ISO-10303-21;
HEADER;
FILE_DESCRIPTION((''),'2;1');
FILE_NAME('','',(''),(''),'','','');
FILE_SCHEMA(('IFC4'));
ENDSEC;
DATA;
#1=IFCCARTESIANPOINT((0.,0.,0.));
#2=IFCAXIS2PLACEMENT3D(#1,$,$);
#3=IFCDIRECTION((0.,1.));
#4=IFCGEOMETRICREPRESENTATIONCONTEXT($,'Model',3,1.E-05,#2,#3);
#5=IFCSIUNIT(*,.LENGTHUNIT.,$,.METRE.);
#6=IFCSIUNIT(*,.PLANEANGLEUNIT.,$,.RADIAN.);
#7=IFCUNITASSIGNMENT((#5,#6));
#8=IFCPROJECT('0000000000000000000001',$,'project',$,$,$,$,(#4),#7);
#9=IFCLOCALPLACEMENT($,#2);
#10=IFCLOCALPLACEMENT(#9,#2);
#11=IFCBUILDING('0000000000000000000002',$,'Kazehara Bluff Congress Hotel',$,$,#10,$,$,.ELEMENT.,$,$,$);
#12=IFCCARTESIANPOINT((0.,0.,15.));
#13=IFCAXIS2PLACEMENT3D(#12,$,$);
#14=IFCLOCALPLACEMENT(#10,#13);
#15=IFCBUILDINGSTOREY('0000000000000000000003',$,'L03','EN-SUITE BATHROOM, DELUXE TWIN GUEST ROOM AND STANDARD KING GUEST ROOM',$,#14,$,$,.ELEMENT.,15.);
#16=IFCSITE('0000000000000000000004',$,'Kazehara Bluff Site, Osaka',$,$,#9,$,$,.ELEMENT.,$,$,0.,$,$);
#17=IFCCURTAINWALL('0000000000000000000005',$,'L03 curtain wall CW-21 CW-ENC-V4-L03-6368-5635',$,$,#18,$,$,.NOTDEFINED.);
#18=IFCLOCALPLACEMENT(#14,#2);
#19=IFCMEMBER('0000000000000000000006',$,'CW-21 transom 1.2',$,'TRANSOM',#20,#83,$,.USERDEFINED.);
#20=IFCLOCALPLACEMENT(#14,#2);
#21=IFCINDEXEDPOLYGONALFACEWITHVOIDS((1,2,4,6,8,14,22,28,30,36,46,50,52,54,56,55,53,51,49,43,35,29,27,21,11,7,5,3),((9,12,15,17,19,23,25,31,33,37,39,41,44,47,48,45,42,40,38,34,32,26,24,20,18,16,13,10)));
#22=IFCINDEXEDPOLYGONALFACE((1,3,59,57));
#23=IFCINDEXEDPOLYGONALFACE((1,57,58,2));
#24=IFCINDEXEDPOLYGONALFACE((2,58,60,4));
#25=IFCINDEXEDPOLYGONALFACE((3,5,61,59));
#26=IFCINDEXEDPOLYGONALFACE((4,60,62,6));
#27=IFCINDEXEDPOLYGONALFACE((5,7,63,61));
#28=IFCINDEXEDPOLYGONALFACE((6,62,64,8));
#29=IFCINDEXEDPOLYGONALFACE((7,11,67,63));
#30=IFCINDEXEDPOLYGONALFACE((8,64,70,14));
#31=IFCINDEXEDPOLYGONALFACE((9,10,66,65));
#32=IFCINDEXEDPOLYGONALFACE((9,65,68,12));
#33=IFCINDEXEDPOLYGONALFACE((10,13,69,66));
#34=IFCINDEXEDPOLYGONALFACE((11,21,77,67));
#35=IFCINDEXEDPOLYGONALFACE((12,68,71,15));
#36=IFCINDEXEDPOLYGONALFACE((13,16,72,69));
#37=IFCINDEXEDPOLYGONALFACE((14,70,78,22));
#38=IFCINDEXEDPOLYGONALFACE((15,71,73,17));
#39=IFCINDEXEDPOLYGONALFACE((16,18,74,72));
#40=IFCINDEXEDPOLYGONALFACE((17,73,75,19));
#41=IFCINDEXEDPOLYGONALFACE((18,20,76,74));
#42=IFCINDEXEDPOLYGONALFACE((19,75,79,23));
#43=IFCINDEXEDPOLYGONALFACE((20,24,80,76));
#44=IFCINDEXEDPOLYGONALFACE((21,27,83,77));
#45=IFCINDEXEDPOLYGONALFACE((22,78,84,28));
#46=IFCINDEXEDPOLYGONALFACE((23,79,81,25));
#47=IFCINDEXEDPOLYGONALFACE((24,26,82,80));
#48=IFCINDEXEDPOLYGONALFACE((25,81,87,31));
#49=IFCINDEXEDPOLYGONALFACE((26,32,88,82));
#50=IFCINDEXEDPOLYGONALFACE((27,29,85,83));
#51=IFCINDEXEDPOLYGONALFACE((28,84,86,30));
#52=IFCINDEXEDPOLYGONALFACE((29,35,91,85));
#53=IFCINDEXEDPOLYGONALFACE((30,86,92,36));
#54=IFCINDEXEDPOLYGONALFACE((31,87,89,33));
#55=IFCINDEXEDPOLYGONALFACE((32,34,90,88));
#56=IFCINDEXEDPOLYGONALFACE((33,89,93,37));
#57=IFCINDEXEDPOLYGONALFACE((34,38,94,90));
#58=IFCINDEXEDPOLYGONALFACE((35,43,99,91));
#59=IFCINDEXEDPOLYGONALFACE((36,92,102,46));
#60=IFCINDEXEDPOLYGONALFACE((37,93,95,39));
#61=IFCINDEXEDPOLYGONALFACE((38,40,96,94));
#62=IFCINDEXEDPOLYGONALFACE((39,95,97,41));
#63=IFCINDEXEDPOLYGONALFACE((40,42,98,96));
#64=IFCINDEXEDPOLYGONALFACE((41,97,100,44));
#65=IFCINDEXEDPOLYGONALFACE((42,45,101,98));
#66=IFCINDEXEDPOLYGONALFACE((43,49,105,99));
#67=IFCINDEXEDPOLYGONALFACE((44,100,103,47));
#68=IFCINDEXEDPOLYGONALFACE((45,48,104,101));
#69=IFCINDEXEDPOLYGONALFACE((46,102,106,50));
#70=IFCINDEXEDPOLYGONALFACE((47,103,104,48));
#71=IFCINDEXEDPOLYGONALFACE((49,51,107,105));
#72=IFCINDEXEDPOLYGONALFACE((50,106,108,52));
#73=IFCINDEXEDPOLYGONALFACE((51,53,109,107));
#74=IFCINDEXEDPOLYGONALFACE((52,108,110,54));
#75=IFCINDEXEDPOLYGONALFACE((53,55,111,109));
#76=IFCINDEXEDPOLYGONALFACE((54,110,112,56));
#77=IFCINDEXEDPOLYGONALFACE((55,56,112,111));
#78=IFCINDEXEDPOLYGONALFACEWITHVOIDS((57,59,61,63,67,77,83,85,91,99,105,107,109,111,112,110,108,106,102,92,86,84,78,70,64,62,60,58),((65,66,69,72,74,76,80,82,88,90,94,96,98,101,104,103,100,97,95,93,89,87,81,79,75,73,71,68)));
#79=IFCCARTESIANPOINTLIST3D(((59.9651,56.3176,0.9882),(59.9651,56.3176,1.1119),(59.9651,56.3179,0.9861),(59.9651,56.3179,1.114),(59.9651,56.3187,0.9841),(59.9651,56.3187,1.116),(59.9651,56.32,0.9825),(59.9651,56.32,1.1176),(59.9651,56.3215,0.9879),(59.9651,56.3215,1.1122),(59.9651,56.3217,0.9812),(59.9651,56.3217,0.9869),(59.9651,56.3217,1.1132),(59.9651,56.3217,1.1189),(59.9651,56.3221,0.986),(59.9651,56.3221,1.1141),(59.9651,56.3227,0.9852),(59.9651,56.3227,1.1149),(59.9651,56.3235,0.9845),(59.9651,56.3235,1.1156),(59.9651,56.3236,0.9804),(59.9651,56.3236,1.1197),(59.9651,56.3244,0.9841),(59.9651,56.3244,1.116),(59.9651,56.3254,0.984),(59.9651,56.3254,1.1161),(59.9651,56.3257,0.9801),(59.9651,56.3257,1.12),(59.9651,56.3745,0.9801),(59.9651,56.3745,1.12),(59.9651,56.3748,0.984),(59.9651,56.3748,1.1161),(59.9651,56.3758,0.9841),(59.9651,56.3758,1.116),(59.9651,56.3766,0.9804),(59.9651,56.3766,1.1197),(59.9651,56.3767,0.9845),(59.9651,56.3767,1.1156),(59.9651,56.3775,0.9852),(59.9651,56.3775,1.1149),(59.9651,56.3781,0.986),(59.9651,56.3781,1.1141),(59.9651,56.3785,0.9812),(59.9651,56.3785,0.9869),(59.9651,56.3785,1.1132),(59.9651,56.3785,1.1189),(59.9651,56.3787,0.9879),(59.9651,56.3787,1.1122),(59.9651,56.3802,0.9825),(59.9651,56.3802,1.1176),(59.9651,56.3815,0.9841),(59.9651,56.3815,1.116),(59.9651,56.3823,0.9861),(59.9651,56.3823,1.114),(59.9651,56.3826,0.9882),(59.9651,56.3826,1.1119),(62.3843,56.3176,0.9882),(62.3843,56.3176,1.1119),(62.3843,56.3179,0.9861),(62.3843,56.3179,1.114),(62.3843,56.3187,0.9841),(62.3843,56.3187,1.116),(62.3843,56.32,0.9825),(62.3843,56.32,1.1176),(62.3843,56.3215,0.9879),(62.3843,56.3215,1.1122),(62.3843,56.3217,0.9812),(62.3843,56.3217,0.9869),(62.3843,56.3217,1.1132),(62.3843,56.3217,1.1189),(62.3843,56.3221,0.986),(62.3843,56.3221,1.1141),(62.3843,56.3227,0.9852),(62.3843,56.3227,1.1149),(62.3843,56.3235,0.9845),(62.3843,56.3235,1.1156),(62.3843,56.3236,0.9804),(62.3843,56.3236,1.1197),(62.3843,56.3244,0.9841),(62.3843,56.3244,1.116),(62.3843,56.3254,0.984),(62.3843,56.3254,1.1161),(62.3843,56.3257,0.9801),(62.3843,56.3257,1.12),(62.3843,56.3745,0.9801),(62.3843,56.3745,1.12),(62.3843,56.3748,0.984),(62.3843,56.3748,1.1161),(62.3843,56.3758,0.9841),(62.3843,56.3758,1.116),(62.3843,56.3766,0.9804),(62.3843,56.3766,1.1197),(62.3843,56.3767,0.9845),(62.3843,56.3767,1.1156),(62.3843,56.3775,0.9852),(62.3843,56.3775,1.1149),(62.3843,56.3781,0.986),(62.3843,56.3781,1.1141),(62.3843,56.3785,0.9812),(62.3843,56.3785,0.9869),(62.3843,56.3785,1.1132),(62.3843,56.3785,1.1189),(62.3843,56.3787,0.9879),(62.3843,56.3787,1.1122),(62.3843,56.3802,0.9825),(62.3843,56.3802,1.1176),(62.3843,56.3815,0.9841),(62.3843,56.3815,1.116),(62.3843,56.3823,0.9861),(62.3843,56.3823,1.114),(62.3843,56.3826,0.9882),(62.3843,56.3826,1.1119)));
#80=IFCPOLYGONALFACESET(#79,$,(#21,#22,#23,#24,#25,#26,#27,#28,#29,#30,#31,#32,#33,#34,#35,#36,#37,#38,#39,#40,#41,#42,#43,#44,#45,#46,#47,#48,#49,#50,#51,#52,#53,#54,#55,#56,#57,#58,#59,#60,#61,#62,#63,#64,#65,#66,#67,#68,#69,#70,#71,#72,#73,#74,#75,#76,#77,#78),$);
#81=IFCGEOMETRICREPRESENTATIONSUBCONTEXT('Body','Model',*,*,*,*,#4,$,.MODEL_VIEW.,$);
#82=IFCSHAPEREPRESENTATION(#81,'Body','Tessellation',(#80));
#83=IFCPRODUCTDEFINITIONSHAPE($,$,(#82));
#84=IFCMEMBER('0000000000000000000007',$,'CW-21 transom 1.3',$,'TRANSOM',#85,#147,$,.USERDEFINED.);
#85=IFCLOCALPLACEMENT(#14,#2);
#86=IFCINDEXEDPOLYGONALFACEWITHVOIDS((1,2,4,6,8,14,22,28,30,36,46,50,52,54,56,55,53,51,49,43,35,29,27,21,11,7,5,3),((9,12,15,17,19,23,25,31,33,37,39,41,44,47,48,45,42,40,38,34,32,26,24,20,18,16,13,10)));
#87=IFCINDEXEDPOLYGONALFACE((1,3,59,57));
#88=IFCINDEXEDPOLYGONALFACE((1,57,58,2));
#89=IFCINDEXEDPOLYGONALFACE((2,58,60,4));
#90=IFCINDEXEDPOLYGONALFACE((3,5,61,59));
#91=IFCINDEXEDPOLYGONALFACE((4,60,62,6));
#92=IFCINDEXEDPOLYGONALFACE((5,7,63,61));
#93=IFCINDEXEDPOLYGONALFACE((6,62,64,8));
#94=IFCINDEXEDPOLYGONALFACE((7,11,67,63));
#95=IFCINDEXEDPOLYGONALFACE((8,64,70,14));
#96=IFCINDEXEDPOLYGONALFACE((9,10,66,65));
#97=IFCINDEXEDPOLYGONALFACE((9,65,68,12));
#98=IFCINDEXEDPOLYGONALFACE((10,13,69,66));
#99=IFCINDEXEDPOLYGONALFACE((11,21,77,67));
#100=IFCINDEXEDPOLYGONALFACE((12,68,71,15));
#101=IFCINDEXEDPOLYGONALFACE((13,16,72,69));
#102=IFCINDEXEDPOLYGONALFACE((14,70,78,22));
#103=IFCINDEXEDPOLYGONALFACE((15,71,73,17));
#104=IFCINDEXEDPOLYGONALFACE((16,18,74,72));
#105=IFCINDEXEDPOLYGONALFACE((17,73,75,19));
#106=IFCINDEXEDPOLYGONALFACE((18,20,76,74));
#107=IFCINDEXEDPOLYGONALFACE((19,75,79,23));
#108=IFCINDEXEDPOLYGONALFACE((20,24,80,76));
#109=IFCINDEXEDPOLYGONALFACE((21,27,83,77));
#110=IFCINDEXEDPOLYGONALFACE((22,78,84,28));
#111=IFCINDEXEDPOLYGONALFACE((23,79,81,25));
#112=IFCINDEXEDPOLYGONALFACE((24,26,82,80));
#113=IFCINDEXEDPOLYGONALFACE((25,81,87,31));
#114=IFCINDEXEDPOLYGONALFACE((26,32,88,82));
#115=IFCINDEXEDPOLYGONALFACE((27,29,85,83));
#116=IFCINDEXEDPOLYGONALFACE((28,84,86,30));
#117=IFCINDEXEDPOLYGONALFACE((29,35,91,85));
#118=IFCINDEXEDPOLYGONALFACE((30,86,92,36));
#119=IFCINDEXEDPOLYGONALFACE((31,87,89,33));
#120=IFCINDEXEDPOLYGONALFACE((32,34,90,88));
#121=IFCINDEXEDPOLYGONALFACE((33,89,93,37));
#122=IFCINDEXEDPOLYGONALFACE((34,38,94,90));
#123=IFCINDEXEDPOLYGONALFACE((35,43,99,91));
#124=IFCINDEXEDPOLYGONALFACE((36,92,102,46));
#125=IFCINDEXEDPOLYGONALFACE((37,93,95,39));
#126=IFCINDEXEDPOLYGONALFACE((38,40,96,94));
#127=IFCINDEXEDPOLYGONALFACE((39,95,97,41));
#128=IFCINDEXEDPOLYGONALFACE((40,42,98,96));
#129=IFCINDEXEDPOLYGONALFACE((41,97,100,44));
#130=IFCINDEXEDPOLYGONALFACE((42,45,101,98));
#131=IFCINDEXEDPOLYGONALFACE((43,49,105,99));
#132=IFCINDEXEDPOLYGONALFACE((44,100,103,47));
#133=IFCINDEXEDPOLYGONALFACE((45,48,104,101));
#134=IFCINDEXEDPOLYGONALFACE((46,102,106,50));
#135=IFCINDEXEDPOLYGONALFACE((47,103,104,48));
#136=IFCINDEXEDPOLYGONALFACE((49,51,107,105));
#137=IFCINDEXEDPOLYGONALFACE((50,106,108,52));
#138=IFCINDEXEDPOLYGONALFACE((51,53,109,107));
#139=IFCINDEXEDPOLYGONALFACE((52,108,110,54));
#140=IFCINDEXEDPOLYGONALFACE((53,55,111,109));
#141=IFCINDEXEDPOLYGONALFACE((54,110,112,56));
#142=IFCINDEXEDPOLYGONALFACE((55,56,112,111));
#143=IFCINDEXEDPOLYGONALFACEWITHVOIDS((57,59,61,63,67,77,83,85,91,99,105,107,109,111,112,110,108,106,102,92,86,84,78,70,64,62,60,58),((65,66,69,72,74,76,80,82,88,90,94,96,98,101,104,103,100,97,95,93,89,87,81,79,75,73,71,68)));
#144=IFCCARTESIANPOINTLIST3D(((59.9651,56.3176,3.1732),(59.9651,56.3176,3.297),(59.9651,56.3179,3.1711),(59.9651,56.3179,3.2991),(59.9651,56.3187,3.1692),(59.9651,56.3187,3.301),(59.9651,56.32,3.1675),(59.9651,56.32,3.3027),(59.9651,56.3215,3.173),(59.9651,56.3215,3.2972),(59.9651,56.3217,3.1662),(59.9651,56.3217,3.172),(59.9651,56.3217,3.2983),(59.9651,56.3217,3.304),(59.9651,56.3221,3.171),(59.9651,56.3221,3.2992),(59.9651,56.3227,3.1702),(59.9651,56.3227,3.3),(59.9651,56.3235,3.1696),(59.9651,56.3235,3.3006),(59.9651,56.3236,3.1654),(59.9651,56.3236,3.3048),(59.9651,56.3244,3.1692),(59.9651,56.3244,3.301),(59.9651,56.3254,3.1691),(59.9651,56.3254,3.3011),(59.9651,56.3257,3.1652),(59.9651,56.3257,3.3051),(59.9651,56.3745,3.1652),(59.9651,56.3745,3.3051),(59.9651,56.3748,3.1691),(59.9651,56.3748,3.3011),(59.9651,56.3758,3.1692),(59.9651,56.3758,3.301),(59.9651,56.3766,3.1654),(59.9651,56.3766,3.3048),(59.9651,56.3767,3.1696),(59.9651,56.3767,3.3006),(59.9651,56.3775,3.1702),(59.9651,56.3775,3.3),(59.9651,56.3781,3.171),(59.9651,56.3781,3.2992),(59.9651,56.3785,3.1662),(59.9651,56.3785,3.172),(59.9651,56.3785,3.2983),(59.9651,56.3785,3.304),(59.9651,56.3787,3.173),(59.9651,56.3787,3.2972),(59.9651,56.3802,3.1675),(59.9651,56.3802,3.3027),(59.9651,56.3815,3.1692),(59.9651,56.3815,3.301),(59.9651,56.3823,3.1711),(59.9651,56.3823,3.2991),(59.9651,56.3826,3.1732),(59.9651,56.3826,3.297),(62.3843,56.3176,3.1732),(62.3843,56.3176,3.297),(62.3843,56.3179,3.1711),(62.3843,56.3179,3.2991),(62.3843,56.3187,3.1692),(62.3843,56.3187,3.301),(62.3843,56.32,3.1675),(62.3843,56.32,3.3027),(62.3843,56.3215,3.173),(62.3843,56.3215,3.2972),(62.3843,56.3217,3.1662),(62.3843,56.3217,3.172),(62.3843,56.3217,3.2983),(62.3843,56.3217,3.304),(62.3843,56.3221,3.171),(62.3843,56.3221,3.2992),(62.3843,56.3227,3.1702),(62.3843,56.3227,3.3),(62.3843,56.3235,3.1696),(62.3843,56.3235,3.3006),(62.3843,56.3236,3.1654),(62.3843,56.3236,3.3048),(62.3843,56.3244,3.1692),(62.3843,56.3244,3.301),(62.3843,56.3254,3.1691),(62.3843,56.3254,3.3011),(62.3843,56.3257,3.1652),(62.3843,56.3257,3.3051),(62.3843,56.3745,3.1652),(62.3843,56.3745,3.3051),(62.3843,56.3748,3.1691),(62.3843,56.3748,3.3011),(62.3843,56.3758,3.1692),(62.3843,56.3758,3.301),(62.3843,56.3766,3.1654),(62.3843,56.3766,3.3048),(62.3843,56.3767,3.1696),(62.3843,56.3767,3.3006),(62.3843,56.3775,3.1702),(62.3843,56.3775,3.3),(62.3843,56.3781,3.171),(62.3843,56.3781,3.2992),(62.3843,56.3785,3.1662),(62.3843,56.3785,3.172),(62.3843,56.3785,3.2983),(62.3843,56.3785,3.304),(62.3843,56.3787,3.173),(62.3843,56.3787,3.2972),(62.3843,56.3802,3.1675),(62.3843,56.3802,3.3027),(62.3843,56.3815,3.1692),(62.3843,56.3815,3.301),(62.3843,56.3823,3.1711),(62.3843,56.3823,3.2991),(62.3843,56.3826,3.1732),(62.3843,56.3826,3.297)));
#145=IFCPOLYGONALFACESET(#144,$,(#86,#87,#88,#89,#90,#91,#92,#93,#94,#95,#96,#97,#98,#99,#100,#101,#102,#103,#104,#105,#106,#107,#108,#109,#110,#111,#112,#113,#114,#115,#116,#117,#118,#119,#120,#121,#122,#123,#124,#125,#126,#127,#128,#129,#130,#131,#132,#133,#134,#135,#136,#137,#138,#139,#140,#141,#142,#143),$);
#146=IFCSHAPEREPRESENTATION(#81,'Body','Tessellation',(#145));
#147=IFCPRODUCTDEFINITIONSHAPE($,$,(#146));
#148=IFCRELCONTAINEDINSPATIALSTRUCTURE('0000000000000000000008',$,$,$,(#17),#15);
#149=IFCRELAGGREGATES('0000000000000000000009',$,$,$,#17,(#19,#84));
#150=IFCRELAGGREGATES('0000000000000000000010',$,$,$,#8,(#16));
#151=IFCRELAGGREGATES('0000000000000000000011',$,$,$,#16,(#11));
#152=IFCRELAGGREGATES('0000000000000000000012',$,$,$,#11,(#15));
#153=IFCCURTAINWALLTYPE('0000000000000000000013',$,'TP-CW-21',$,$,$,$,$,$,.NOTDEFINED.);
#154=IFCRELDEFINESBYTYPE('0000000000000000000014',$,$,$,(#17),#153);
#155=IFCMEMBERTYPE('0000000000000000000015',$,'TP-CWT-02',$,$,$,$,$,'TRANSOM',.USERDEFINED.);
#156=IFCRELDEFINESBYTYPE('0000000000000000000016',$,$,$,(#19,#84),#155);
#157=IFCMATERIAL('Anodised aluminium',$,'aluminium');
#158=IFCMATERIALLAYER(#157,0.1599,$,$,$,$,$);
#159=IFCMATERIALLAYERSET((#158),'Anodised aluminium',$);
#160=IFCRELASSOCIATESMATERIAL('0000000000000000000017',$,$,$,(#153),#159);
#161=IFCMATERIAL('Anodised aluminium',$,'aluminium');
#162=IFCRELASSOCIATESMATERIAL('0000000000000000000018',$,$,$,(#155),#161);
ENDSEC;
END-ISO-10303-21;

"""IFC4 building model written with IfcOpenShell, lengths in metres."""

from ifc_helpers import new_model, si_unit, direction, frame, origin, origin_2d, place, context, subcontext, project, spatial, hollow_rectangle, extrude, material, layer, layer_set, material_profile, profile_set, type_object, element, aggregate, save


model = new_model("IFC4")

# Units and contexts
model_context = context("Model", 3, precision=1e-05, world=origin(), true_north=direction((0.0, 1.0)))
body_context = subcontext(model_context, "Body", "Model", "MODEL_VIEW")
ifc_project = project(units=[si_unit("LENGTHUNIT", "METRE"), si_unit("PLANEANGLEUNIT", "RADIAN")], contexts=[model_context])

# Site, building, storey
site_placement = place(None, origin())
site = spatial("IfcSite", under=ifc_project, at=site_placement, Name="Kazehara Bluff Site, Osaka", CompositionType="ELEMENT", RefElevation=0.0)
building_placement = place(site_placement, origin())
building = spatial("IfcBuilding", under=site, at=building_placement, Name="Kazehara Bluff Congress Hotel", CompositionType="ELEMENT")
storey_placement = place(building_placement, frame((0.0, 0.0, 15.0)))
storey = spatial("IfcBuildingStorey", under=building, at=storey_placement, Name="L03", Description="EN-SUITE BATHROOM, DELUXE TWIN GUEST ROOM AND STANDARD KING GUEST ROOM", CompositionType="ELEMENT", Elevation=15.0)

# Curtain wall, members
ifc_material_1 = material(Name="Anodised aluminium", Category="aluminium")
ifc_layer_1 = layer(ifc_material_1, 0.1599)
ifc_layer_set_1 = layer_set([ifc_layer_1], Name="Anodised aluminium")
curtain_wall_type = type_object("IfcCurtainWallType", Name="TP-CW-21", PredefinedType="NOTDEFINED", material=ifc_layer_set_1)
curtain_wall_placement = place(storey_placement, origin())
curtain_wall = element("IfcCurtainWall", 1, at=curtain_wall_placement, inside=storey, type_object=curtain_wall_type, Name="L03 curtain wall CW-21 CW-ENC-V4-L03-6368-5635", PredefinedType="NOTDEFINED")
ifc_material_2 = material(Name="Anodised aluminium", Category="aluminium")
ifc_material_profile_1 = material_profile(ifc_material_2, hollow_rectangle(XDim=0.0649, YDim=0.1399, WallThickness=0.0039, InnerFilletRadius=0.0039, OuterFilletRadius=0.0081, at=origin_2d()))
ifc_profile_set_1 = profile_set([ifc_material_profile_1], Name="Anodised aluminium")
member_type_1 = type_object("IfcMemberType", Name="TP-CWT-02", ElementType="TRANSOM", PredefinedType="USERDEFINED", material=ifc_profile_set_1)
member_1_placement = place(storey_placement, frame((59.9651, 56.3501, 1.05), z_axis=(1.0, 0.0, 0.0), x_axis=(0.0, 1.0, 0.0)))
member_1 = element("IfcMember", 2, at=member_1_placement, type_object=member_type_1, Name="CW-21 transom 1.2", ObjectType="TRANSOM", PredefinedType="USERDEFINED", context=body_context, shape_type="SweptSolid", body=[
    extrude(hollow_rectangle(XDim=0.0649, YDim=0.1399, WallThickness=0.0039, InnerFilletRadius=0.0039, OuterFilletRadius=0.0081, at=origin_2d()), origin(), (0.0, 0.0, 1.0), 2.4192),
])
member_2_placement = place(storey_placement, frame((59.9651, 56.3501, 3.2351), z_axis=(1.0, 0.0, 0.0), x_axis=(0.0, 1.0, 0.0)))
member_2 = element("IfcMember", 3, at=member_2_placement, type_object=member_type_1, Name="CW-21 transom 1.3", ObjectType="TRANSOM", PredefinedType="USERDEFINED", context=body_context, shape_type="SweptSolid", body=[
    extrude(hollow_rectangle(XDim=0.0649, YDim=0.1399, WallThickness=0.0039, InnerFilletRadius=0.0039, OuterFilletRadius=0.0081, at=origin_2d()), origin(), (0.0, 0.0, 1.0), 2.4192),
])

aggregate(curtain_wall, [member_1, member_2])

save(model, "model.ifc")
